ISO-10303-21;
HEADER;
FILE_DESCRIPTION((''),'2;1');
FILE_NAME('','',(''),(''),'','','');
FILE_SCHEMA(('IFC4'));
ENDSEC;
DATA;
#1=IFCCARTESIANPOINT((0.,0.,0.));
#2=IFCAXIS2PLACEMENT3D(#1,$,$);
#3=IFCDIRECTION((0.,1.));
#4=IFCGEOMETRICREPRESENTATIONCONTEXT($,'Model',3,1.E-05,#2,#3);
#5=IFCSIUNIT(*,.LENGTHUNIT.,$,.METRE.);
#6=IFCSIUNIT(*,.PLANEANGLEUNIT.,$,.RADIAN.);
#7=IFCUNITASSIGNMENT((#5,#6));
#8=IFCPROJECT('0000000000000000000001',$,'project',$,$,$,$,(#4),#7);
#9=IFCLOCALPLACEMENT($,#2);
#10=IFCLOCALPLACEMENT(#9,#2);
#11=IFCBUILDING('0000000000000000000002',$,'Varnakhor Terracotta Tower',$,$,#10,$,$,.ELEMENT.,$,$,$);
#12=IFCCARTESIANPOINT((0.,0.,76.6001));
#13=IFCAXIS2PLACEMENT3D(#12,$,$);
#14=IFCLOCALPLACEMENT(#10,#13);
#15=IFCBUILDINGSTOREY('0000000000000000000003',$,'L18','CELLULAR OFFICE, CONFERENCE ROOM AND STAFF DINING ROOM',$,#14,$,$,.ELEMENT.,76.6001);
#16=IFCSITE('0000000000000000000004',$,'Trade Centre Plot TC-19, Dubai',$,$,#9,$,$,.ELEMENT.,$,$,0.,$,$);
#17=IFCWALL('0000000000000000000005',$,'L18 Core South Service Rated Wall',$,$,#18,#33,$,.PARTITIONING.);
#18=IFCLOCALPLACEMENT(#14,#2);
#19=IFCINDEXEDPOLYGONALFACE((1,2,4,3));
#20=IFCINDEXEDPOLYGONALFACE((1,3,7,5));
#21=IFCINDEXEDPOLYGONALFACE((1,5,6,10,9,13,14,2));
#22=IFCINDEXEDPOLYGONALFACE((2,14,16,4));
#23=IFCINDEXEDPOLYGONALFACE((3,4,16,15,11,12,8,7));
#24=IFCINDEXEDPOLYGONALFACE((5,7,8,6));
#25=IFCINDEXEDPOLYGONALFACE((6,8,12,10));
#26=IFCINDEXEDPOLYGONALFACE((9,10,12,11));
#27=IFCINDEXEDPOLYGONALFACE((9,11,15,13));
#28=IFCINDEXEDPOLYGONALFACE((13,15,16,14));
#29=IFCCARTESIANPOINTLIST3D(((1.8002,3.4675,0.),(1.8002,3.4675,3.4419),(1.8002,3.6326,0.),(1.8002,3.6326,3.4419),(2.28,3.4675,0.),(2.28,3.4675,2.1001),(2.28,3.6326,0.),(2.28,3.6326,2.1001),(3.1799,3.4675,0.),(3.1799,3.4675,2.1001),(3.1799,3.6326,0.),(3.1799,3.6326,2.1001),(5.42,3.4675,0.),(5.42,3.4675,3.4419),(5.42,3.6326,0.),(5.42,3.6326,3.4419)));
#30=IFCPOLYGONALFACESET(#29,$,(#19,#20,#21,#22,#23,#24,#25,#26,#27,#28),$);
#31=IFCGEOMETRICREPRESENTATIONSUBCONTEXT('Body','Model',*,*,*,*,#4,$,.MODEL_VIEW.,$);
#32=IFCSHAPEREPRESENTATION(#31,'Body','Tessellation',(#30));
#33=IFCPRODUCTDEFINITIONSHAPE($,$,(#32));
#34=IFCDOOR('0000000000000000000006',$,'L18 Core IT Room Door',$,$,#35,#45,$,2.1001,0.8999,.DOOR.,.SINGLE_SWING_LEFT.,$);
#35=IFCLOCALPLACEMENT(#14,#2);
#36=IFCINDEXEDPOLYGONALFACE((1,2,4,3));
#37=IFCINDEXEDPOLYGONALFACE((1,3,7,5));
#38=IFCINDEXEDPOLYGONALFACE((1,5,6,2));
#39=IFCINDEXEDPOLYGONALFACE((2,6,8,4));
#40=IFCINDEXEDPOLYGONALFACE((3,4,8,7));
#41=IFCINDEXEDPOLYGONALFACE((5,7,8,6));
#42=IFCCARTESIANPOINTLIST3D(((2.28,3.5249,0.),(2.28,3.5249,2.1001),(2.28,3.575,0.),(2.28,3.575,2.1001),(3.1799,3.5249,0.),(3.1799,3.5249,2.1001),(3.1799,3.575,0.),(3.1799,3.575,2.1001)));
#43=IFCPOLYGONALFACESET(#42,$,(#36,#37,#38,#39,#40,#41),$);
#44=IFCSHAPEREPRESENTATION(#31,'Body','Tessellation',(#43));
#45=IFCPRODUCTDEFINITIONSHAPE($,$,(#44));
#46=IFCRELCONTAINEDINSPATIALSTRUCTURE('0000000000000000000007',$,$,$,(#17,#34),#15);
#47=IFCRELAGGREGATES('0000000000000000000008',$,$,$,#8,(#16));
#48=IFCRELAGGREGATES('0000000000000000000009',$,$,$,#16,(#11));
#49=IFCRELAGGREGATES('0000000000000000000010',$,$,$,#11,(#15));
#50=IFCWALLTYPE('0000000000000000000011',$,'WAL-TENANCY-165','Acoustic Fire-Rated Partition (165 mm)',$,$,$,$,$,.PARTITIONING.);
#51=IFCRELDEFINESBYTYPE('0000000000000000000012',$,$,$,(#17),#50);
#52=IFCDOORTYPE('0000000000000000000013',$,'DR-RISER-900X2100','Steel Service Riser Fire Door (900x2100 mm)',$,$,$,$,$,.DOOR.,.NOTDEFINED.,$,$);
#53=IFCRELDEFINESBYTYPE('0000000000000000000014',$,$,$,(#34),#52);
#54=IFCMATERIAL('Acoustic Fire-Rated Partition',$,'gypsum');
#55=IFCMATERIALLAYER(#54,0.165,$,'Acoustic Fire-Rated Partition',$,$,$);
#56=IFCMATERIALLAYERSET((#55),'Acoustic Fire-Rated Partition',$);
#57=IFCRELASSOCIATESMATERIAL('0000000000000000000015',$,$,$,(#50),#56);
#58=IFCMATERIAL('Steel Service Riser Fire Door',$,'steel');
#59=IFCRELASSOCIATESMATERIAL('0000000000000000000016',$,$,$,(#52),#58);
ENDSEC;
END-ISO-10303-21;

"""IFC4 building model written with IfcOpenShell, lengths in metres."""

from ifc_helpers import new_model, si_unit, direction, frame, frame_2d, origin, place, context, subcontext, project, spatial, rectangle, extrude, source, transform, mapped, material, layer, layer_set, type_object, type_shapes, element, fill, save


model = new_model("IFC4")

# Units and contexts
model_context = context("Model", 3, precision=1e-05, world=origin(), true_north=direction((0.0, 1.0)))
body_context = subcontext(model_context, "Body", "Model", "MODEL_VIEW")
ifc_project = project(units=[si_unit("LENGTHUNIT", "METRE"), si_unit("PLANEANGLEUNIT", "RADIAN")], contexts=[model_context])

# Site, building, storey
site_placement = place(None, origin())
site = spatial("IfcSite", under=ifc_project, at=site_placement, Name="Trade Centre Plot TC-19, Dubai", CompositionType="ELEMENT", RefElevation=0.0)
building_placement = place(site_placement, origin())
building = spatial("IfcBuilding", under=site, at=building_placement, Name="Varnakhor Terracotta Tower", CompositionType="ELEMENT")
storey_placement = place(building_placement, frame((0.0, 0.0, 76.6001)))
storey = spatial("IfcBuildingStorey", under=building, at=storey_placement, Name="L18", Description="CELLULAR OFFICE, CONFERENCE ROOM AND STAFF DINING ROOM", CompositionType="ELEMENT", Elevation=76.6001)

# Shared definitions
ifc_material_1 = material(Name="Acoustic Fire-Rated Partition", Category="gypsum")
ifc_layer_1 = layer(ifc_material_1, 0.165, Name="Acoustic Fire-Rated Partition")
ifc_layer_set_1 = layer_set([ifc_layer_1], Name="Acoustic Fire-Rated Partition")
wall_type_1 = type_object("IfcWallType", Name="WAL-TENANCY-165", Description="Acoustic Fire-Rated Partition (165 mm)", PredefinedType="PARTITIONING", material=ifc_layer_set_1)

# Shared definitions
ifc_material_2 = material(Name="Steel Service Riser Fire Door", Category="steel")
door_type_1 = type_object("IfcDoorType", Name="DR-RISER-900X2100", Description="Steel Service Riser Fire Door (900x2100 mm)", OperationType="NOTDEFINED", PredefinedType="DOOR", material=ifc_material_2)
shared_shape_1 = source(origin(), body_context, "Body", "SweptSolid", [
    extrude(rectangle(XDim=0.8999, YDim=2.1001, at=frame_2d((0.45, 1.05))), frame((0.0, 0.0249, 0.0), z_axis=(0.0, -1.0, 0.0), x_axis=(1.0, 0.0, 0.0)), (0.0, 0.0, 1.0), 0.05),
])
type_shapes(door_type_1, [shared_shape_1])

# Wall, opening, door
wall_1_placement = place(storey_placement, frame((1.8, 3.55, 0.0), z_axis=(0.0, 0.0, 1.0), x_axis=(1.0, 0.0, 0.0)))
wall_1 = element("IfcWall", 1, at=wall_1_placement, inside=storey, type_object=wall_type_1, Name="L18 Core South Service Rated Wall", PredefinedType="PARTITIONING", context=body_context, shape_type="SweptSolid", body=[
    extrude(rectangle(XDim=3.6199, YDim=0.165, at=frame_2d((1.8101, 0.0))), origin(), (0.0, 0.0, 1.0), 3.4419),
])
opening_1_placement = place(wall_1_placement, frame((0.48, 0.0, 0.0)))
opening_1 = element("IfcOpeningElement", 2, at=opening_1_placement, cuts=wall_1, PredefinedType="OPENING", context=body_context, shape_type="SweptSolid", body=[
    extrude(rectangle(XDim=0.8999, YDim=2.1001, at=frame_2d((0.45, 1.05))), frame((0.0, 0.0925, 0.0), z_axis=(0.0, -1.0, 0.0), x_axis=(1.0, 0.0, 0.0)), (0.0, 0.0, 1.0), 0.1851),
])
door_1_placement = place(opening_1_placement, origin())
door_1 = element("IfcDoor", 3, at=door_1_placement, inside=storey, type_object=door_type_1, Name="L18 Core IT Room Door", OperationType="SINGLE_SWING_LEFT", OverallHeight=2.1001, OverallWidth=0.8999, PredefinedType="DOOR", context=body_context, shape_type="MappedRepresentation", body=[
    mapped(shared_shape_1, transform((0.0, 0.0, 0.0), scale=1.0)),
])
fill(opening_1, door_1)

save(model, "model.ifc")
